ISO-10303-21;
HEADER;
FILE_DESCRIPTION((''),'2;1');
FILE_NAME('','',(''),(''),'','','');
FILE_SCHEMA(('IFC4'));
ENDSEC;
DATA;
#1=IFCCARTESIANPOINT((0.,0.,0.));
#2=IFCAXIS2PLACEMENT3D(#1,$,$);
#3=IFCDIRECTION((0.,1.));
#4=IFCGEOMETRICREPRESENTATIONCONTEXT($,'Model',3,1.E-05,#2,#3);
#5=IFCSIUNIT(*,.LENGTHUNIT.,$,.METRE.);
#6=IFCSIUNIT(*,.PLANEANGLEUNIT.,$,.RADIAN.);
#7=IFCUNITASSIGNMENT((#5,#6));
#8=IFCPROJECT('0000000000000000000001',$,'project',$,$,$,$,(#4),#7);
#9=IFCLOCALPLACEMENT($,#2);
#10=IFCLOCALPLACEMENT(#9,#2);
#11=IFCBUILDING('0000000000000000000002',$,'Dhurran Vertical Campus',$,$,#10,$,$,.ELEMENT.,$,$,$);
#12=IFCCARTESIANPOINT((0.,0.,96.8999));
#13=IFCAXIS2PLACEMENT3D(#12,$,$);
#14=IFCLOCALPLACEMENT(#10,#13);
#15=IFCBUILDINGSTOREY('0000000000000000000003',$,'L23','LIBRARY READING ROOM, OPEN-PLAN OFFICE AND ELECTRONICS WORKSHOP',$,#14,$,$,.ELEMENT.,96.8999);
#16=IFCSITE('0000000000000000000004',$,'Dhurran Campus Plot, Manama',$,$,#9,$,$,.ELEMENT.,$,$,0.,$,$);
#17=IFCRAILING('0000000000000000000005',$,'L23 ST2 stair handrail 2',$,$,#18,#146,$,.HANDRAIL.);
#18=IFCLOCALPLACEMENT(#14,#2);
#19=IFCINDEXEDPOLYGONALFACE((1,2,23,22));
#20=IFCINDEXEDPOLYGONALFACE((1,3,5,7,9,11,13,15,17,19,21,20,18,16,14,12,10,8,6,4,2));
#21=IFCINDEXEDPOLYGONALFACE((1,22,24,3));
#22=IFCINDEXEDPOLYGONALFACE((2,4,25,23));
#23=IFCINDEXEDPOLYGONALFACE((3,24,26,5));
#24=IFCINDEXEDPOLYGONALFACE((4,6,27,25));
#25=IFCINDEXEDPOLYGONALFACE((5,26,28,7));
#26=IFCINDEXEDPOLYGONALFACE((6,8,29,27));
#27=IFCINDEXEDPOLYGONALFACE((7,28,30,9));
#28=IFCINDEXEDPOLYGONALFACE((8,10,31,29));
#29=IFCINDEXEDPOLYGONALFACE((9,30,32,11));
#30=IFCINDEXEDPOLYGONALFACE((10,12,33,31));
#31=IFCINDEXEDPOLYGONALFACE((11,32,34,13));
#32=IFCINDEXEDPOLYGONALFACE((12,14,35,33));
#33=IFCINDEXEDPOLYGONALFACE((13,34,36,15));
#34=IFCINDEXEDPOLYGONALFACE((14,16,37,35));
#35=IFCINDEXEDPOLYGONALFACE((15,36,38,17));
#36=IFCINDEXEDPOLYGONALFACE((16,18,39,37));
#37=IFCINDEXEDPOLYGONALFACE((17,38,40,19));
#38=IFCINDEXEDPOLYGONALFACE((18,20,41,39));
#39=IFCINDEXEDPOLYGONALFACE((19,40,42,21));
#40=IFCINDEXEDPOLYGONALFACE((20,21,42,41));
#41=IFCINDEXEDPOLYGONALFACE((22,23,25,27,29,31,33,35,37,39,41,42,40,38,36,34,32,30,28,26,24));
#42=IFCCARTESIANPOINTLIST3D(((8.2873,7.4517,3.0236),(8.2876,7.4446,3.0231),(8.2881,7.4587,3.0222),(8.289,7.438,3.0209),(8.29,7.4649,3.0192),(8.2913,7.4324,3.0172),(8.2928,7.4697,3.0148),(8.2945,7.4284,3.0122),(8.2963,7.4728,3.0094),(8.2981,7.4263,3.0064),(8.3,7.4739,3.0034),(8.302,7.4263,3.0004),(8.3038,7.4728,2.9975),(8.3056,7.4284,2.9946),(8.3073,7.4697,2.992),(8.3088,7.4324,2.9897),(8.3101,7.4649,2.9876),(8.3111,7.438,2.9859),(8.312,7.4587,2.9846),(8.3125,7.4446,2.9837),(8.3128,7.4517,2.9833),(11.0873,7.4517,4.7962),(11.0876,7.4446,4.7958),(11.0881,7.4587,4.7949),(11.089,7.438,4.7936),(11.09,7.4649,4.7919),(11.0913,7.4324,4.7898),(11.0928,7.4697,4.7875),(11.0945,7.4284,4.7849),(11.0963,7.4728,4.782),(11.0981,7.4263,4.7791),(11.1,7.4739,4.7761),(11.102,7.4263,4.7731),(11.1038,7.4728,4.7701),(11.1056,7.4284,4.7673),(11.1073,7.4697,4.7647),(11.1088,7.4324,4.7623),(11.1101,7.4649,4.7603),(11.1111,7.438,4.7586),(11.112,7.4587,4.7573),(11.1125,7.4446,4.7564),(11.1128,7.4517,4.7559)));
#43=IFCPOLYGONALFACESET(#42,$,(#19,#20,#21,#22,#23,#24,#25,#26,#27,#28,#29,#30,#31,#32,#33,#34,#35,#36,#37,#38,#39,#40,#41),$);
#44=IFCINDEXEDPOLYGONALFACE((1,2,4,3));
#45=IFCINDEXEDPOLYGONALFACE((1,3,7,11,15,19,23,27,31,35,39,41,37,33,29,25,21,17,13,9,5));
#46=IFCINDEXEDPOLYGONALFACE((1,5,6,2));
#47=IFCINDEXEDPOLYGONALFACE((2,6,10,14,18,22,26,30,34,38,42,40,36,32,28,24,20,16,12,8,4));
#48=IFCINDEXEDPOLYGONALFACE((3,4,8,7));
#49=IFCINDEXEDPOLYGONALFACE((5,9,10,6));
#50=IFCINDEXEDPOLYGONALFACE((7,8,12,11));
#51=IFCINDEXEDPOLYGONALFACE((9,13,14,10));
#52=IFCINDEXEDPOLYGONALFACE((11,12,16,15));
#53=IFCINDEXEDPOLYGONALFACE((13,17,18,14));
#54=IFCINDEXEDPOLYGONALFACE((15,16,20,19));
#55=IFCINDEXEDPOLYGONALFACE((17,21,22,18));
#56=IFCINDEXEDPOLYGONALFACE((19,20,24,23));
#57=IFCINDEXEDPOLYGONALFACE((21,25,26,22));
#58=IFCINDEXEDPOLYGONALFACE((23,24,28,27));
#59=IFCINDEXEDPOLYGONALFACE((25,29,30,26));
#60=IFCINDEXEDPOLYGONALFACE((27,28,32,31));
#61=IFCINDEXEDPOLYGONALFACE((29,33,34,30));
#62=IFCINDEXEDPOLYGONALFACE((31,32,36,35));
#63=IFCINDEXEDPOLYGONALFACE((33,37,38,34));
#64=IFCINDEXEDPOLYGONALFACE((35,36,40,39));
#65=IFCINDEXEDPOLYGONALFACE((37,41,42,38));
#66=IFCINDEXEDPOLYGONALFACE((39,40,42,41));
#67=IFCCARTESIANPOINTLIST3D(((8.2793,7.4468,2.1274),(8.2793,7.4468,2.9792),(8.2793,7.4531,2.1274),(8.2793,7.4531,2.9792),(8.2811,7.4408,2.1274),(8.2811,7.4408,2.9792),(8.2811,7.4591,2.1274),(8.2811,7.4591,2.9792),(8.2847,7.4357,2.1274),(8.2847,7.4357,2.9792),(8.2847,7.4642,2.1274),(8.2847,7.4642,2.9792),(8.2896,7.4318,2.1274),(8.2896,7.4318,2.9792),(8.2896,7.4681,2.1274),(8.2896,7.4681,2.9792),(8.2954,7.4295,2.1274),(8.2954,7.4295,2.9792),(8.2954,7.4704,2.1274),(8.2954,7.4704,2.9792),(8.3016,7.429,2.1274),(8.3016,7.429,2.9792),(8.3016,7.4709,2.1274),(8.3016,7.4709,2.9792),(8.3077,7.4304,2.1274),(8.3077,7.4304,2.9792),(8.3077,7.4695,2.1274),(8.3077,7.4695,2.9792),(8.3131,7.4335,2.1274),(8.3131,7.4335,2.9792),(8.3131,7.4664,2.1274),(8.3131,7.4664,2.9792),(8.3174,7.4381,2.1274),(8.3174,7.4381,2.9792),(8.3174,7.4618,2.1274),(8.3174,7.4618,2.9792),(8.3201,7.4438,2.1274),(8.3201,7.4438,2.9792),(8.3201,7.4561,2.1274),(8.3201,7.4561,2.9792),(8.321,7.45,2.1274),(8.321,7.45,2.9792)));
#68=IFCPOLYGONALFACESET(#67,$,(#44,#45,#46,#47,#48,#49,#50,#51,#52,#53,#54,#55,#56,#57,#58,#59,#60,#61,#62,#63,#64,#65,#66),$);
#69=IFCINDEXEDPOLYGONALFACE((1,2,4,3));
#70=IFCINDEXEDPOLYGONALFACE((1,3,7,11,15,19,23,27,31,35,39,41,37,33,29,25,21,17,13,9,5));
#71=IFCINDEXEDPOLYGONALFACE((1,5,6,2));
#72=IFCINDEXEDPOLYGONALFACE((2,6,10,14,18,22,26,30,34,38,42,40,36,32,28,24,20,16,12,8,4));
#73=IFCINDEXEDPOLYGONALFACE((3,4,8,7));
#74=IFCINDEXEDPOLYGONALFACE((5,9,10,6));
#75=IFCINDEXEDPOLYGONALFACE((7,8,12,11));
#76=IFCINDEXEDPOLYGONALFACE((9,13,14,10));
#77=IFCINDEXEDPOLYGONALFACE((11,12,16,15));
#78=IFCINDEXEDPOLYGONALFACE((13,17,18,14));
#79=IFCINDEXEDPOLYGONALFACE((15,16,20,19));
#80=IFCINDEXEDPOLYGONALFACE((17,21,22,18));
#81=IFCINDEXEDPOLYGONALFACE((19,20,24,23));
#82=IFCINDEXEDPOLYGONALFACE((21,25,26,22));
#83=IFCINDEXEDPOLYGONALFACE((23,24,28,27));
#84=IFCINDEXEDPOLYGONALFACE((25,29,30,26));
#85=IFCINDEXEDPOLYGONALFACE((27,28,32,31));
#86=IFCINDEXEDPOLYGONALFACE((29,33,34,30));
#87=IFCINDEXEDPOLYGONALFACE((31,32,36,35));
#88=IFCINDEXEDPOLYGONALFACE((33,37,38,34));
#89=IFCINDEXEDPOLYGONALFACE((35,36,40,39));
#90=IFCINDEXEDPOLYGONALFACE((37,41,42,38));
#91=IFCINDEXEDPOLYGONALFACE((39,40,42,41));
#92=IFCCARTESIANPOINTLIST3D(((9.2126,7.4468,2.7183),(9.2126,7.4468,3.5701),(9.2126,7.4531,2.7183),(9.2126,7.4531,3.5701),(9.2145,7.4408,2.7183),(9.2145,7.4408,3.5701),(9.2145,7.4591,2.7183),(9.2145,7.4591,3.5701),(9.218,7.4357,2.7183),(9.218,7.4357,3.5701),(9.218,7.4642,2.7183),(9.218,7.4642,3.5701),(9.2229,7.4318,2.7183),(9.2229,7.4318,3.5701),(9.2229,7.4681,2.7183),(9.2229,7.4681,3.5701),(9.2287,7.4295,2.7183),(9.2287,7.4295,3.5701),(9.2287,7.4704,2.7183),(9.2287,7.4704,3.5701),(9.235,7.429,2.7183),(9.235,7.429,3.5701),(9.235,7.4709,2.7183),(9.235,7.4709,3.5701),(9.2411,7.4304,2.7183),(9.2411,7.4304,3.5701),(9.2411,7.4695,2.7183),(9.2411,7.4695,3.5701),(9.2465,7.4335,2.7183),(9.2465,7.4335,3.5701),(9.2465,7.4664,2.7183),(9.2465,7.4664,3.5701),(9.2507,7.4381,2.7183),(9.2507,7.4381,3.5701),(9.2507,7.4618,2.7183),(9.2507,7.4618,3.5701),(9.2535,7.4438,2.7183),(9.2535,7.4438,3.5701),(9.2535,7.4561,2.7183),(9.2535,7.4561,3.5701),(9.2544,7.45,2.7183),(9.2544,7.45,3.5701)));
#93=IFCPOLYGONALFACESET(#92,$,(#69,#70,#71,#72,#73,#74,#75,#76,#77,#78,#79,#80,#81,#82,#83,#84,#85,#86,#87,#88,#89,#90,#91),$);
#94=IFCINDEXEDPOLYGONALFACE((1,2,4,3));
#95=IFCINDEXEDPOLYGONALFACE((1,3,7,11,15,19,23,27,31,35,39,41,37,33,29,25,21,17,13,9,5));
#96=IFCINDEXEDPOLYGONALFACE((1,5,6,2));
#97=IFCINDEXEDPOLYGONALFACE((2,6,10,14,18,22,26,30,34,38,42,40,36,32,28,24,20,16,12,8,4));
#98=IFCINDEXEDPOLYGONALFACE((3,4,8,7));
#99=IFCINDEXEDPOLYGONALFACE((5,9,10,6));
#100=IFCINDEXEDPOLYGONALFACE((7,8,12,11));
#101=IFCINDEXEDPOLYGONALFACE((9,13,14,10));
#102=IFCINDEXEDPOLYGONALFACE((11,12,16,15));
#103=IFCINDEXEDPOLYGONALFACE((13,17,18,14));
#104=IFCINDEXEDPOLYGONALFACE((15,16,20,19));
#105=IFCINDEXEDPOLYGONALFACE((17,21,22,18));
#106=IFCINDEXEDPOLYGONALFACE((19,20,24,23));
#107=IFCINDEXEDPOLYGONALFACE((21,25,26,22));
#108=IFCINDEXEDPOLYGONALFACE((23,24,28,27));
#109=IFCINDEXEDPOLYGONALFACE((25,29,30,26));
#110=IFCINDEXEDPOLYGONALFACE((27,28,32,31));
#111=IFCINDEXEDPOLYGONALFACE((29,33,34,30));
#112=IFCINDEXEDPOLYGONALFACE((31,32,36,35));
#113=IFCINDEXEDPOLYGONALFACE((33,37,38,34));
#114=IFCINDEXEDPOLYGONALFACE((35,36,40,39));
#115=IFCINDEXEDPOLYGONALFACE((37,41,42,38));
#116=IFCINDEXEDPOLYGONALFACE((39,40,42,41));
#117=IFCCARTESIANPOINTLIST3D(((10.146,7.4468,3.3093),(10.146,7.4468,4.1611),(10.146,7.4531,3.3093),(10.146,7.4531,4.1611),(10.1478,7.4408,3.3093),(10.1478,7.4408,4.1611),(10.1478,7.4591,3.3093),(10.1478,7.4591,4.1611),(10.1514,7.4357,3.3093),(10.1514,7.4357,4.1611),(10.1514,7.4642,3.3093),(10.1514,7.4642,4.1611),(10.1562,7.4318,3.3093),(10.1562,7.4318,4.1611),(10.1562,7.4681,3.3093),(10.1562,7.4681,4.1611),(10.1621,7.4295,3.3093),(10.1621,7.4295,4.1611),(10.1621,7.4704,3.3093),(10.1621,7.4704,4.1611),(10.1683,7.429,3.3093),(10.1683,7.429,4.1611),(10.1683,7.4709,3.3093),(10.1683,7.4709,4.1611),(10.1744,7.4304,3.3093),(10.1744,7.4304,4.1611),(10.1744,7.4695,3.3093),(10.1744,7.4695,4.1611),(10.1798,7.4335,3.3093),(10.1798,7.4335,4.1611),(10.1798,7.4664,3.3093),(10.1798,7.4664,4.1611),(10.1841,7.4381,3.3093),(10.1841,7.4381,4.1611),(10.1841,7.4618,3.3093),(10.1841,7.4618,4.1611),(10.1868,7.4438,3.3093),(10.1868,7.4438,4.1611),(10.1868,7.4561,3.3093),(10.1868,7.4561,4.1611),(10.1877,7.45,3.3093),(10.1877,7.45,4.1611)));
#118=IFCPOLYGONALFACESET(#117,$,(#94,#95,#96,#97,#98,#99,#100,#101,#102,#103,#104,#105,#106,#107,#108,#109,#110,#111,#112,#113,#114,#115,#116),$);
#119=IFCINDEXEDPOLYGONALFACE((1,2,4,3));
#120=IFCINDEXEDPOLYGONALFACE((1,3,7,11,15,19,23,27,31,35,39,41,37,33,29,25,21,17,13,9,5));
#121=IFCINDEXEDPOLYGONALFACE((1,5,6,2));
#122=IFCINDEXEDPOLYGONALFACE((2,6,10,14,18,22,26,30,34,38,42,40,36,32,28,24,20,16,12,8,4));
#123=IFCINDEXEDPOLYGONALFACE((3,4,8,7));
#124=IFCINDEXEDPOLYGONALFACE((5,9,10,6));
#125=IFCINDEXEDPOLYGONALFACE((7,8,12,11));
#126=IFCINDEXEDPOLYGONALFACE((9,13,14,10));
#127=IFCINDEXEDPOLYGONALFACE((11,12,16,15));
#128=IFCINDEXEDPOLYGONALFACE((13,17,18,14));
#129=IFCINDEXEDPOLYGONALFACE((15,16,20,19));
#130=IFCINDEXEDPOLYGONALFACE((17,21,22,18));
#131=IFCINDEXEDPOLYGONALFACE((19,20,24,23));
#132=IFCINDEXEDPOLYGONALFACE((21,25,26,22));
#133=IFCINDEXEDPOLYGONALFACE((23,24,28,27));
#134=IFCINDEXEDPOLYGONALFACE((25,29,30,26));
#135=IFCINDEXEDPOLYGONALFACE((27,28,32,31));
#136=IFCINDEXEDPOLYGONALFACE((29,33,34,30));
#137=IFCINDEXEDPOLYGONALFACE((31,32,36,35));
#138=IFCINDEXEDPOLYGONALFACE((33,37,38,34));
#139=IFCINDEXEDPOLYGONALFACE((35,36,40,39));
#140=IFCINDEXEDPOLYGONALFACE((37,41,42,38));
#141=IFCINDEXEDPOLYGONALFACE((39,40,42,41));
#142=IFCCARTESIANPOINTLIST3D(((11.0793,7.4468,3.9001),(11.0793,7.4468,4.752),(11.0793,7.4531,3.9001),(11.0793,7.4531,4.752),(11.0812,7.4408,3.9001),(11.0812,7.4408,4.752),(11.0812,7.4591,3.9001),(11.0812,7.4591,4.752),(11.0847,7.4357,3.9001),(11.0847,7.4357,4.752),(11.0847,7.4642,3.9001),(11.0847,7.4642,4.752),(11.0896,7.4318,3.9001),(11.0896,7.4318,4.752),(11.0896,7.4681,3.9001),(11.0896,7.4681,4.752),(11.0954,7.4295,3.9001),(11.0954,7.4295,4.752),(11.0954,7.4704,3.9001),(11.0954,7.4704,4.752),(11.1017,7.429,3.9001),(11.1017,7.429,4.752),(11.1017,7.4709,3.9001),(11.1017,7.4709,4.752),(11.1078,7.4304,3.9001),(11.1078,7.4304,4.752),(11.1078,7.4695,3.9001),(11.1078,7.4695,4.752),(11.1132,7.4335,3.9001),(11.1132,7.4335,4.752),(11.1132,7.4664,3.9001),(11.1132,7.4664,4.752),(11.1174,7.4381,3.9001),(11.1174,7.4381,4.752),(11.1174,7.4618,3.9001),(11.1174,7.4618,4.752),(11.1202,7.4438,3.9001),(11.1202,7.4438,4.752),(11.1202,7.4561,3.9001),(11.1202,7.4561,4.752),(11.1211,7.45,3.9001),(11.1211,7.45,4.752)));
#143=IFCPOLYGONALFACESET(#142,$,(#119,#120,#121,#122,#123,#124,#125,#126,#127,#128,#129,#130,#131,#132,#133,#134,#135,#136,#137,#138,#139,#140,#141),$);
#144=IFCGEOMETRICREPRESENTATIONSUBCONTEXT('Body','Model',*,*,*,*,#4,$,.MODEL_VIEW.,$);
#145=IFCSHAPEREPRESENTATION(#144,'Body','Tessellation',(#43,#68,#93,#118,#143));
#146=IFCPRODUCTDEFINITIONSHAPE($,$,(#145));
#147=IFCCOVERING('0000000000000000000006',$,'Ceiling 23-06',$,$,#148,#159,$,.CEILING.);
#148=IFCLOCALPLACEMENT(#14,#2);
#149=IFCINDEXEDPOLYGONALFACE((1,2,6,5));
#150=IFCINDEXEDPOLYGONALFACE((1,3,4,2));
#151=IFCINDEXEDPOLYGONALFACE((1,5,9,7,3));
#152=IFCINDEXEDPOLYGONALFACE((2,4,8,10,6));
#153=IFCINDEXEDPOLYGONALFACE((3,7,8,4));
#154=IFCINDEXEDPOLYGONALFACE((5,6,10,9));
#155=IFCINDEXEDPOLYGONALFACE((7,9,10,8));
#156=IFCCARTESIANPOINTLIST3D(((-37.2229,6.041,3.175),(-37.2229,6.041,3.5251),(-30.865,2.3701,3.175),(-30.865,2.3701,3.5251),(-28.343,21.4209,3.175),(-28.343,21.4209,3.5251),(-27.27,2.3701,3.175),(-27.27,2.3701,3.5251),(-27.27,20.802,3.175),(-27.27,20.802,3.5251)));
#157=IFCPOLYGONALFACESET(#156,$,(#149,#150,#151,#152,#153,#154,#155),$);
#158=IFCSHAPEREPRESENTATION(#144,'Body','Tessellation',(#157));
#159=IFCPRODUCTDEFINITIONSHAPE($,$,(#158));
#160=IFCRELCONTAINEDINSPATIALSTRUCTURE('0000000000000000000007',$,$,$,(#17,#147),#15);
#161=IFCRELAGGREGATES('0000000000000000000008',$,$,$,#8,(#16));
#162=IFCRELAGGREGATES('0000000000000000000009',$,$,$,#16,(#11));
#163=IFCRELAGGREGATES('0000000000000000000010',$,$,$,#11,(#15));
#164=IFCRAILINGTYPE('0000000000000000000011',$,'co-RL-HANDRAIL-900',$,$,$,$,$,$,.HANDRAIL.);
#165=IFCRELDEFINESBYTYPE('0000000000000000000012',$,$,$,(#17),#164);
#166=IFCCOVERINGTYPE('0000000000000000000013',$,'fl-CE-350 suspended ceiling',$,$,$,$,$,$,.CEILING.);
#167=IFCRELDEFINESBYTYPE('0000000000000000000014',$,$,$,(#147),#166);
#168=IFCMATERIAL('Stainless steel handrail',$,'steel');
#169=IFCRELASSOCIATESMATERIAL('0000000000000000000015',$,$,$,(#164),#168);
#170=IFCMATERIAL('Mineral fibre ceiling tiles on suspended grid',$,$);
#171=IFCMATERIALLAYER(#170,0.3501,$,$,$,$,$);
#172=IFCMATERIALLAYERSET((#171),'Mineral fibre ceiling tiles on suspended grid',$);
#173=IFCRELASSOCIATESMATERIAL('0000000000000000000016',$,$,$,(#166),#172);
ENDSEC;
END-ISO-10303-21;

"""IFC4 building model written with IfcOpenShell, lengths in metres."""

from ifc_helpers import new_model, si_unit, direction, frame, origin, origin_2d, place, context, subcontext, project, spatial, polyline, circle, outline, extrude, material, layer, layer_set, type_object, element, save


model = new_model("IFC4")

# Units and contexts
model_context = context("Model", 3, precision=1e-05, world=origin(), true_north=direction((0.0, 1.0)))
body_context = subcontext(model_context, "Body", "Model", "MODEL_VIEW")
ifc_project = project(units=[si_unit("LENGTHUNIT", "METRE"), si_unit("PLANEANGLEUNIT", "RADIAN")], contexts=[model_context])

# Site, building, storey
site_placement = place(None, origin())
site = spatial("IfcSite", under=ifc_project, at=site_placement, Name="Dhurran Campus Plot, Manama", CompositionType="ELEMENT", RefElevation=0.0)
building_placement = place(site_placement, origin())
building = spatial("IfcBuilding", under=site, at=building_placement, Name="Dhurran Vertical Campus", CompositionType="ELEMENT")
storey_placement = place(building_placement, frame((0.0, 0.0, 96.8999)))
storey = spatial("IfcBuildingStorey", under=building, at=storey_placement, Name="L23", Description="LIBRARY READING ROOM, OPEN-PLAN OFFICE AND ELECTRONICS WORKSHOP", CompositionType="ELEMENT", Elevation=96.8999)

# Railing
ifc_material_1 = material(Name="Stainless steel handrail", Category="steel")
railing_type = type_object("IfcRailingType", Name="co-RL-HANDRAIL-900", PredefinedType="HANDRAIL", material=ifc_material_1)
railing_placement = place(storey_placement, frame((8.3, 7.45, 2.1274)))
element("IfcRailing", 1, at=railing_placement, inside=storey, type_object=railing_type, Name="L23 ST2 stair handrail 2", PredefinedType="HANDRAIL", context=body_context, shape_type="SweptSolid", body=[
    extrude(circle(Radius=0.0239, at=origin_2d()), frame((0.0, 0.0, 0.876), z_axis=(0.844909, 0.0, 0.53491), x_axis=(0.0, 1.0, 0.0)), (0.0, 0.0, 1.0), 3.314),
    extrude(circle(Radius=0.021, at=origin_2d()), origin(), (0.0, 0.0, 1.0), 0.8518),
    extrude(circle(Radius=0.021, at=origin_2d()), frame((0.9333, 0.0, 0.5908)), (0.0, 0.0, 1.0), 0.8518),
    extrude(circle(Radius=0.021, at=origin_2d()), frame((1.8667, 0.0, 1.1819)), (0.0, 0.0, 1.0), 0.8518),
    extrude(circle(Radius=0.021, at=origin_2d()), frame((2.8, 0.0, 1.7727)), (0.0, 0.0, 1.0), 0.8518),
])

# Covering
ifc_material_2 = material(Name="Mineral fibre ceiling tiles on suspended grid")
ifc_layer_1 = layer(ifc_material_2, 0.3501)
ifc_layer_set_1 = layer_set([ifc_layer_1], Name="Mineral fibre ceiling tiles on suspended grid")
covering_type = type_object("IfcCoveringType", Name="fl-CE-350 suspended ceiling", PredefinedType="CEILING", material=ifc_layer_set_1)
covering_1_placement = place(storey_placement, frame((0.0, 0.0, 3.175)))
element("IfcCovering", 2, at=covering_1_placement, inside=storey, type_object=covering_type, Name="Ceiling 23-06", PredefinedType="CEILING", context=body_context, shape_type="SweptSolid", body=[
    extrude(outline(polyline([(-27.27, 20.802), (-27.27, 2.3701), (-30.865, 2.3701), (-37.2229, 6.041), (-28.343, 21.4209), (-27.27, 20.802)])), origin(), (0.0, 0.0, 1.0), 0.3501),
])

save(model, "model.ifc")
